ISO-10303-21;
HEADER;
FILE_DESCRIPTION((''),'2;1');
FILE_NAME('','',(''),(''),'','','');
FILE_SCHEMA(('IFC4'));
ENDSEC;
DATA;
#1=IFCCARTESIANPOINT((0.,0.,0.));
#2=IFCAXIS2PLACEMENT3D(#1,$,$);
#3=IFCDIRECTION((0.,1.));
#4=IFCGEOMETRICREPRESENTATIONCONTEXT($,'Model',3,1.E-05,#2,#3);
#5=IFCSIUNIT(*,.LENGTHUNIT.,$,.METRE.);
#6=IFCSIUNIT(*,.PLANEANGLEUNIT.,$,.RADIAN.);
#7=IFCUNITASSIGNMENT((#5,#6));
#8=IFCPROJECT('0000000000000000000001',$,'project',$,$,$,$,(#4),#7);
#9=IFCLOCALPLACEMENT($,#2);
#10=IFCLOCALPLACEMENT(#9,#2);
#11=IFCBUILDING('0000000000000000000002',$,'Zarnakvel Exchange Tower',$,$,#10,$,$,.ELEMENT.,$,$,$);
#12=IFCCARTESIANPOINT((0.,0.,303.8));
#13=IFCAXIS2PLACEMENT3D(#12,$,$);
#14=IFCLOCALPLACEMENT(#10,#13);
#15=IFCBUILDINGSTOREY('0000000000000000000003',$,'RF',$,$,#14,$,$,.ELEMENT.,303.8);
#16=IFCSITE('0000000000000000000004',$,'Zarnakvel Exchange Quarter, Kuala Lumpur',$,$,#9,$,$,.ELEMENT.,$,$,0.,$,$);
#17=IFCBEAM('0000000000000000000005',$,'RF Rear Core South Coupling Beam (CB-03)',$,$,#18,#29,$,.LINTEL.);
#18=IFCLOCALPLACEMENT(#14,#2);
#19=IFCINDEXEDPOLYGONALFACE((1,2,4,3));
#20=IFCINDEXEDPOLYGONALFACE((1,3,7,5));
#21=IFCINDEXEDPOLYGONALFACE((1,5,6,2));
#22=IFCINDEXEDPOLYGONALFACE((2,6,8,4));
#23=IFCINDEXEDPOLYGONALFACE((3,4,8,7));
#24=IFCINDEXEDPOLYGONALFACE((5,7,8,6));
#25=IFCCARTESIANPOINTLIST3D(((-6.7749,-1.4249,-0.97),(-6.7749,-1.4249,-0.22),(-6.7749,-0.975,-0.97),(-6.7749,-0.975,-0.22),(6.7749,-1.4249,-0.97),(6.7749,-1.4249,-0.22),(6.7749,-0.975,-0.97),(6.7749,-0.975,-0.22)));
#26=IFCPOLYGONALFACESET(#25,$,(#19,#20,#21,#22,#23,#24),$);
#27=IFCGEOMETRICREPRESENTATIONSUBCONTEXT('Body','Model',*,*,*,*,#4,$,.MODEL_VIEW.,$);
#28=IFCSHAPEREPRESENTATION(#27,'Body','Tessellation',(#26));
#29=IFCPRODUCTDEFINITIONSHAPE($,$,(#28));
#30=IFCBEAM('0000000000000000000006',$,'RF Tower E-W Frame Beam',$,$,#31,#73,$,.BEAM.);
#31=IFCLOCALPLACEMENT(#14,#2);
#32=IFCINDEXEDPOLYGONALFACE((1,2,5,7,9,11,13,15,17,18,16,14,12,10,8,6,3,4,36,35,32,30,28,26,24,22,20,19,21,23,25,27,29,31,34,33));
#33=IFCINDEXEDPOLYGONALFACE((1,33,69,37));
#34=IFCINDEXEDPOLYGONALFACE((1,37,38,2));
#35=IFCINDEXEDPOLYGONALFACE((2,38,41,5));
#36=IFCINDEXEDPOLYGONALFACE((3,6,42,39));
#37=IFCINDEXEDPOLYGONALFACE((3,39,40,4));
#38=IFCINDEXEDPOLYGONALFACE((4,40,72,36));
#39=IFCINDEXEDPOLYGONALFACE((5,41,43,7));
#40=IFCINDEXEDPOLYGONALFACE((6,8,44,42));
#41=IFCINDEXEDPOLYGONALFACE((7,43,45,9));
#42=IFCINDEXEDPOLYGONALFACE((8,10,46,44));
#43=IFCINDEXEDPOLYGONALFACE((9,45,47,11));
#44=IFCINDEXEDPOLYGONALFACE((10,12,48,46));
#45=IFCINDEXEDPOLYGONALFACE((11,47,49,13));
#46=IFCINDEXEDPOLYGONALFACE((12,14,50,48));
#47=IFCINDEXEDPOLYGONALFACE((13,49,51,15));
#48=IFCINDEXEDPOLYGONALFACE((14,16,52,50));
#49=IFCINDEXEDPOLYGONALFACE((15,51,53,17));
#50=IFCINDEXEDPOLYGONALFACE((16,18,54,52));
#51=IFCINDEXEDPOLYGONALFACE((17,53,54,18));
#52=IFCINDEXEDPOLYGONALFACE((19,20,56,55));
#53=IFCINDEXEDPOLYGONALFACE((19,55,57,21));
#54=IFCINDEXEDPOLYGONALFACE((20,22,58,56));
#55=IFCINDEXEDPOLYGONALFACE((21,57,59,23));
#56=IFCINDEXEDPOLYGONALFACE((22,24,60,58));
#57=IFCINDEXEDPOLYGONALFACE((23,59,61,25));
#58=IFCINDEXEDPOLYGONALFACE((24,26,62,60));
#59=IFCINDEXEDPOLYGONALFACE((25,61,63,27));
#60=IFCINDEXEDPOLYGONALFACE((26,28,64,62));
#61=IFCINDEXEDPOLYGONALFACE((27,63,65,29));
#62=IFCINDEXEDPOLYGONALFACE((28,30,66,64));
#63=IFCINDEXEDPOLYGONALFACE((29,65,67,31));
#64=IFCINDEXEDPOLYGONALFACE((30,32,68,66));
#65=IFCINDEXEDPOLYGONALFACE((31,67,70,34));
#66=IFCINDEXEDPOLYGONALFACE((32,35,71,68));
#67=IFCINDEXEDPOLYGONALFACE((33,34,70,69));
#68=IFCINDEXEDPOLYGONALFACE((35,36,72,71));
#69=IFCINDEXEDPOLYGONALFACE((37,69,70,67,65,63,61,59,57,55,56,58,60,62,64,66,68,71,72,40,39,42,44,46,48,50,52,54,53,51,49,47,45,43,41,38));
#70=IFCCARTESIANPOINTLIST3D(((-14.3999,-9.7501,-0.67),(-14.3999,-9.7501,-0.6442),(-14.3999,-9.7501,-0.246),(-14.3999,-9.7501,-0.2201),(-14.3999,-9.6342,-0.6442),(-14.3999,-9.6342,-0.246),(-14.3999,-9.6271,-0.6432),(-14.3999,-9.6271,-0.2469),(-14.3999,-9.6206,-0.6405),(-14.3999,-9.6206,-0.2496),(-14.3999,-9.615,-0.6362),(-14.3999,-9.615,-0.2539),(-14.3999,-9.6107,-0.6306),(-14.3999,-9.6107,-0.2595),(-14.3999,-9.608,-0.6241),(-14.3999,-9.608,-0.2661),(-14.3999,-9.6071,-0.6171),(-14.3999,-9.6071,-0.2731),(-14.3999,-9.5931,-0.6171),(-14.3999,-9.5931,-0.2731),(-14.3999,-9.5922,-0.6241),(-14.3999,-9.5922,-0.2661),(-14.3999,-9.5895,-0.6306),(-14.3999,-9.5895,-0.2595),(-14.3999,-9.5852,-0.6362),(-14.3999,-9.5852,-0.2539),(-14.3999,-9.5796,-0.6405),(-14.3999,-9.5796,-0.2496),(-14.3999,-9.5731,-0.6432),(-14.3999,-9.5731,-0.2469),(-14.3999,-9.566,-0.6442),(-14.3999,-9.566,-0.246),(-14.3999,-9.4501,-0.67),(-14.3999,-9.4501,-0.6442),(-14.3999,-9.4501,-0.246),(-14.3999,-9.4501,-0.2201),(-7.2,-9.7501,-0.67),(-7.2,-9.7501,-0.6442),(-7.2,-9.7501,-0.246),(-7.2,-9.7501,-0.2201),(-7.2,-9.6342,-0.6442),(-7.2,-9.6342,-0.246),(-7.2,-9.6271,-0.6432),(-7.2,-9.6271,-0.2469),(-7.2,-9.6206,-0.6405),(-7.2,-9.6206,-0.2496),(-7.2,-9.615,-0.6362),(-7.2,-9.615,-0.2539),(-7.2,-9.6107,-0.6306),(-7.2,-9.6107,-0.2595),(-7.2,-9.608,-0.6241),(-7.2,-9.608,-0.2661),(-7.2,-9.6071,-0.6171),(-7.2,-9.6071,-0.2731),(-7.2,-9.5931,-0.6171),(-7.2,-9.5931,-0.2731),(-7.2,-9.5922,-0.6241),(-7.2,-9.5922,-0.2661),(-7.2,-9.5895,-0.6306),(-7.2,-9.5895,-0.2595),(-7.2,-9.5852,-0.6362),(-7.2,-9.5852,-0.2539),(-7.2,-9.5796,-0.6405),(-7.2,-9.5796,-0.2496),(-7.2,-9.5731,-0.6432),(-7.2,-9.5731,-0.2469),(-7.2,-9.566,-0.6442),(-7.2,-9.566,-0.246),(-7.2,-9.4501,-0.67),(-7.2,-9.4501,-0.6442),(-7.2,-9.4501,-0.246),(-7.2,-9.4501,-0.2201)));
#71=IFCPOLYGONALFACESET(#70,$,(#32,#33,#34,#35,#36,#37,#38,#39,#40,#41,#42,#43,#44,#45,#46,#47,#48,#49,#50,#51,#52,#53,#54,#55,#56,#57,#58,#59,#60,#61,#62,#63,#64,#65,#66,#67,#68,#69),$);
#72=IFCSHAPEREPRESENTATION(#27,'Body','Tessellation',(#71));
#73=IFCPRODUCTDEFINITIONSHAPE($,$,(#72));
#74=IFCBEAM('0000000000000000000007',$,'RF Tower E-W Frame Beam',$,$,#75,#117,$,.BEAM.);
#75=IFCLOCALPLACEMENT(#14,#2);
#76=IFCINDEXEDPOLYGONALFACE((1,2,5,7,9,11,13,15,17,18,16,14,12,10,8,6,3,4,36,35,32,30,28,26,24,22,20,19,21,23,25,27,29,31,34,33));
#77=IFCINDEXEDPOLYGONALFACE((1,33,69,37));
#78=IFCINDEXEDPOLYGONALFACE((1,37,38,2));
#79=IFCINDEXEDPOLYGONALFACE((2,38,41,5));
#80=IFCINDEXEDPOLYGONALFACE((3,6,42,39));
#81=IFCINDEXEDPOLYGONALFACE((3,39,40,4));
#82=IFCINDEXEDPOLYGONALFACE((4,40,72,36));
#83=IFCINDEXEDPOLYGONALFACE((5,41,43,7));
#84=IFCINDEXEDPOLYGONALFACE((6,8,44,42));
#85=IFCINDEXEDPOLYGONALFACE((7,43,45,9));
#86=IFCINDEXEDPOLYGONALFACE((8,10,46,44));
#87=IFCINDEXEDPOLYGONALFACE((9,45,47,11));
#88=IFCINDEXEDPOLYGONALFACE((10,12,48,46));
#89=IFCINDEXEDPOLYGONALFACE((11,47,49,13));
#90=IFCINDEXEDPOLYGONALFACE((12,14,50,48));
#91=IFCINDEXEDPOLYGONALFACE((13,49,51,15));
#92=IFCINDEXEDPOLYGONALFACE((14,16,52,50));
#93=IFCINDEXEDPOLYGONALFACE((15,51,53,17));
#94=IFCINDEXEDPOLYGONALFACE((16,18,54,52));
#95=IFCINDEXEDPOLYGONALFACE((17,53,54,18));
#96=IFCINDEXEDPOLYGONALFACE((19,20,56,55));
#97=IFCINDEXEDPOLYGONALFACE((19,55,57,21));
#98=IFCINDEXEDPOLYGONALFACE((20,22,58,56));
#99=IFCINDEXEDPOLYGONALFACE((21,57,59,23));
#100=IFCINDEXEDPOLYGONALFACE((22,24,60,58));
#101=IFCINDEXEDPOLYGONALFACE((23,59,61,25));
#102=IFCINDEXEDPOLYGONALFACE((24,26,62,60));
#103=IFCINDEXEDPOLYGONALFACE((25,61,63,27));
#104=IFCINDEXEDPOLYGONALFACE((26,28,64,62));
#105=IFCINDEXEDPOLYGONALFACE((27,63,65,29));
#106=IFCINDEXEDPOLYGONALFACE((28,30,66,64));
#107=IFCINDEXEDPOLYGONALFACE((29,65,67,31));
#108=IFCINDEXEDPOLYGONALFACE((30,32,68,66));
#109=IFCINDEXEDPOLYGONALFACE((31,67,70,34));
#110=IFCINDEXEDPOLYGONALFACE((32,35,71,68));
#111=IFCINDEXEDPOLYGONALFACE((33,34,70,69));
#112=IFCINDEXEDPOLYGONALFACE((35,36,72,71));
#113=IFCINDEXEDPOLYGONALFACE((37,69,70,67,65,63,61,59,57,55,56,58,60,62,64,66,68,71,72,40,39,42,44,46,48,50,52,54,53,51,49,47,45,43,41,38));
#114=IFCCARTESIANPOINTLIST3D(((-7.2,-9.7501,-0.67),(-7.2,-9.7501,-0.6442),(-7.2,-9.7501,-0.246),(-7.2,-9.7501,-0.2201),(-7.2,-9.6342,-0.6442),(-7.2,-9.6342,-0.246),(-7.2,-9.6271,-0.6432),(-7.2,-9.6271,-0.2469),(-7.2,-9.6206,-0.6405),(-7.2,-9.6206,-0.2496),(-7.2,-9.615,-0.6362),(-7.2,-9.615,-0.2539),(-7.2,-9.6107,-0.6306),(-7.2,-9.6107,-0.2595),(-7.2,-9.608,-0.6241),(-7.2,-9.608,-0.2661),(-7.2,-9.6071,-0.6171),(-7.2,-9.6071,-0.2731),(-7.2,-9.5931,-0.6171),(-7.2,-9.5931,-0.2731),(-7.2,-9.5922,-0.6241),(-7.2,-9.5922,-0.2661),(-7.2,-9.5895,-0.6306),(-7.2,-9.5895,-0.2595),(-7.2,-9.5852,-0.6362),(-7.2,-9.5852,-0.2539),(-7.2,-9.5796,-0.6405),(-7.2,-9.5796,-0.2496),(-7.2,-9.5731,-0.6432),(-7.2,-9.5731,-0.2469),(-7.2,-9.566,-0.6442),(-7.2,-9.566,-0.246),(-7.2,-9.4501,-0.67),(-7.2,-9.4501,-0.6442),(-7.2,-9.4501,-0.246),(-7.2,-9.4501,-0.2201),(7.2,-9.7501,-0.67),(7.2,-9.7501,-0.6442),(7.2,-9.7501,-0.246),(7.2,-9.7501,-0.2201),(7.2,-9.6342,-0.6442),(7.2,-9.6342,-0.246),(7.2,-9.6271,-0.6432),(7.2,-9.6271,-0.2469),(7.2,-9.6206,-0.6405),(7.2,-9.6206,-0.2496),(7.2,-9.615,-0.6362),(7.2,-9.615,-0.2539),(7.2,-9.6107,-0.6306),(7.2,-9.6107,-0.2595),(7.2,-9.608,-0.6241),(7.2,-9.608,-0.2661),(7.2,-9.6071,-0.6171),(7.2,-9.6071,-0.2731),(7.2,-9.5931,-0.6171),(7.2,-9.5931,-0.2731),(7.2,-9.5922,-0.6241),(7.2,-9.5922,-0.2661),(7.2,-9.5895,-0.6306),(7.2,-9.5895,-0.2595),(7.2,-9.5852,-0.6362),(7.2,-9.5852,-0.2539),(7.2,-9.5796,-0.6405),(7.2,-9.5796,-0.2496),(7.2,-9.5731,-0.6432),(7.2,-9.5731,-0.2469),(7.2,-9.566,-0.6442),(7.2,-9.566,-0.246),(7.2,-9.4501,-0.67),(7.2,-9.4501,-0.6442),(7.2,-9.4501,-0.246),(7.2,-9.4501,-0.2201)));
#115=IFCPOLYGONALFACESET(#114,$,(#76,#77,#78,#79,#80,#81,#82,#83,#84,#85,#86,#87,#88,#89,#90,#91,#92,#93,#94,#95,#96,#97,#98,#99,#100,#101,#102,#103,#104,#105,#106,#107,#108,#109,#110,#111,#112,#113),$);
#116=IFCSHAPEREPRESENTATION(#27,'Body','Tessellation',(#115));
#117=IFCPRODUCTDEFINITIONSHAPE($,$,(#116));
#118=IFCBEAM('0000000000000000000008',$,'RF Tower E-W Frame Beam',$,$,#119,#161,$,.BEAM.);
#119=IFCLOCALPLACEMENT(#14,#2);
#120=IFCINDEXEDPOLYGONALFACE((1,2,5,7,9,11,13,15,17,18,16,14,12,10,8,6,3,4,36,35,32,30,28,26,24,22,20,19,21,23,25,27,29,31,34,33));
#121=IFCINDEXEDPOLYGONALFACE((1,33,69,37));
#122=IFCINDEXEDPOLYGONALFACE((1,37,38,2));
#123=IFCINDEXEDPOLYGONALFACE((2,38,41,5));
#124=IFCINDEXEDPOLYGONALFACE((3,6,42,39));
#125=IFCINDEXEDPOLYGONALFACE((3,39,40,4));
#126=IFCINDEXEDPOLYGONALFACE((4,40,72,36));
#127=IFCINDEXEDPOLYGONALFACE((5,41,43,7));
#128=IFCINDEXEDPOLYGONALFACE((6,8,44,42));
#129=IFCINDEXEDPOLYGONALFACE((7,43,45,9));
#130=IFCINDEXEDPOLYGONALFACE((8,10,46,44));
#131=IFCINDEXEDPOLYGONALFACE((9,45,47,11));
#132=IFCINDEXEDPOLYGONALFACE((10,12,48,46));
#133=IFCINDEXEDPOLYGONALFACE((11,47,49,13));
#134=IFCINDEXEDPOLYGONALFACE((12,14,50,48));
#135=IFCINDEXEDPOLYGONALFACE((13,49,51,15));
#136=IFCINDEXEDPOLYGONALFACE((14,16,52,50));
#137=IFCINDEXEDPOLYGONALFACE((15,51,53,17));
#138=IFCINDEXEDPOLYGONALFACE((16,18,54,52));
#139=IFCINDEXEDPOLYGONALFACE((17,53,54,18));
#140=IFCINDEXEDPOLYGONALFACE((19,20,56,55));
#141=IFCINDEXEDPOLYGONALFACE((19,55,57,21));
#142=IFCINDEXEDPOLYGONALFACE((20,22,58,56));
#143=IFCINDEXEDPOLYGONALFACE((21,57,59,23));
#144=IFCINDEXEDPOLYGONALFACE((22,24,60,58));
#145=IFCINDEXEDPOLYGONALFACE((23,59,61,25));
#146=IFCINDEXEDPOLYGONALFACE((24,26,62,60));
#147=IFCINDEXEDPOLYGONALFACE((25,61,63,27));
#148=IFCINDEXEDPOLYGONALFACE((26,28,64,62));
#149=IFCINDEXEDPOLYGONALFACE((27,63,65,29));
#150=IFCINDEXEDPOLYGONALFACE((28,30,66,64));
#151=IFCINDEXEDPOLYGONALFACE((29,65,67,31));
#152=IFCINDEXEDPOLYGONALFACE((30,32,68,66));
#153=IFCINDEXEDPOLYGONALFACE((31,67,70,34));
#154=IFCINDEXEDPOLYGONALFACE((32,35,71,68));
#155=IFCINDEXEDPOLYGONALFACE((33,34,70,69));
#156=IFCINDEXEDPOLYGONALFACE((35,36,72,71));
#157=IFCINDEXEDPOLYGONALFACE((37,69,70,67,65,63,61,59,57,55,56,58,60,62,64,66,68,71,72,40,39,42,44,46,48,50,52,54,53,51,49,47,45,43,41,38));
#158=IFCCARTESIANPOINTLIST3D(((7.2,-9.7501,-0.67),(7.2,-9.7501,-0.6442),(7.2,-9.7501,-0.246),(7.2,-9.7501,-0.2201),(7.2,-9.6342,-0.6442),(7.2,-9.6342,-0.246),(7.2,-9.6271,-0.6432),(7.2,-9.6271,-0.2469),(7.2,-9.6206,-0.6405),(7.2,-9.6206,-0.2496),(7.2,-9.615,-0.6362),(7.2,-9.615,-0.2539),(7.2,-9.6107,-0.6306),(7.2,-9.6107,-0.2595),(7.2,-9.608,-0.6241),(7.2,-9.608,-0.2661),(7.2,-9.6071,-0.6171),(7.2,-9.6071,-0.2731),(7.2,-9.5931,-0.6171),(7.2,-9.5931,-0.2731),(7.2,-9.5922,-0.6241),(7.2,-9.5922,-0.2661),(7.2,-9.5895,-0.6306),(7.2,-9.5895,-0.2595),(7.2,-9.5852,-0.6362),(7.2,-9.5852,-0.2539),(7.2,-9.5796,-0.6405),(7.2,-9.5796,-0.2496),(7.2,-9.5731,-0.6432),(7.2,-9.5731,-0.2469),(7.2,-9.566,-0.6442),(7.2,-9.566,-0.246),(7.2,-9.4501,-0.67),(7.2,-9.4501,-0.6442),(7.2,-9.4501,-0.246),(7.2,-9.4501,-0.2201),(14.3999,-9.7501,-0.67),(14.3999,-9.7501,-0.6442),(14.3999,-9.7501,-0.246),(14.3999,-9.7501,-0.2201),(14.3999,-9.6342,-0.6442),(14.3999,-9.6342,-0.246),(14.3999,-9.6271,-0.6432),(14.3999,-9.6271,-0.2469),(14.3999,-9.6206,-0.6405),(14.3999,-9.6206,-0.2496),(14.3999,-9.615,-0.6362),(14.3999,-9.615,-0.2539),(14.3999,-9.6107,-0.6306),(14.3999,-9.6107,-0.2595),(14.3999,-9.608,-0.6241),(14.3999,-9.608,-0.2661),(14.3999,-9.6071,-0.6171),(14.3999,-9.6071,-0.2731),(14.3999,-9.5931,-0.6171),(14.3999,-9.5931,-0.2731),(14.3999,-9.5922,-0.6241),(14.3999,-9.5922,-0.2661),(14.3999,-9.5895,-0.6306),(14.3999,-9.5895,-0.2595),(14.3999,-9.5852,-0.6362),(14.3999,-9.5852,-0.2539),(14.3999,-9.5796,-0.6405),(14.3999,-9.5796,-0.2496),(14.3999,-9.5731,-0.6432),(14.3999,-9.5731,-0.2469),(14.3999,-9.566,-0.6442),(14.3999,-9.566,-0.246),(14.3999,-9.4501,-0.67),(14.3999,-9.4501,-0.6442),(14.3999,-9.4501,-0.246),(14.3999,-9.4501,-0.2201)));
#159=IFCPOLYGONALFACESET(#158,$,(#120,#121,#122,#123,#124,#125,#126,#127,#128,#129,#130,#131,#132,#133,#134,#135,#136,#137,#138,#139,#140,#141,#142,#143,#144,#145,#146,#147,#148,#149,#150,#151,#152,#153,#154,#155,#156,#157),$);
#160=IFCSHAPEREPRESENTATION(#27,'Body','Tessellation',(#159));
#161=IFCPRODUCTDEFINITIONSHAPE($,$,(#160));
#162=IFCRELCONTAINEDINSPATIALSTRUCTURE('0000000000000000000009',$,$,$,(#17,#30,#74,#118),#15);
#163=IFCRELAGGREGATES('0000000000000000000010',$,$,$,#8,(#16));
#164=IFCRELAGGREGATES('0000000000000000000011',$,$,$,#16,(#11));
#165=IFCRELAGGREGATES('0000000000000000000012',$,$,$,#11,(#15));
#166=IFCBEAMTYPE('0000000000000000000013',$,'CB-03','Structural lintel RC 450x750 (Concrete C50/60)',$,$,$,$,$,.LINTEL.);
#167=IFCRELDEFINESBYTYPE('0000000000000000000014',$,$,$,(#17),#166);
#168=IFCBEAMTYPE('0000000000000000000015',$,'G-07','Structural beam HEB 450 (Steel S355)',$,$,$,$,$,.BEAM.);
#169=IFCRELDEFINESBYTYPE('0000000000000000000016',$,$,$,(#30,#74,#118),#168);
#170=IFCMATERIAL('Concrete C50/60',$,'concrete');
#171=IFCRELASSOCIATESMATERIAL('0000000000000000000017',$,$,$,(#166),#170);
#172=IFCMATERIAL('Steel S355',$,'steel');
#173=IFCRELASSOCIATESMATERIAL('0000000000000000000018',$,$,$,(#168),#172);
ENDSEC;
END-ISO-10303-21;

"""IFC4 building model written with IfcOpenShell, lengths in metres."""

from ifc_helpers import new_model, si_unit, direction, frame, origin, origin_2d, place, context, subcontext, project, spatial, rectangle, i_section, extrude, material, material_profile, profile_set, type_object, element, save


model = new_model("IFC4")

# Units and contexts
model_context = context("Model", 3, precision=1e-05, world=origin(), true_north=direction((0.0, 1.0)))
body_context = subcontext(model_context, "Body", "Model", "MODEL_VIEW")
ifc_project = project(units=[si_unit("LENGTHUNIT", "METRE"), si_unit("PLANEANGLEUNIT", "RADIAN")], contexts=[model_context])

# Site, building, storey
site_placement = place(None, origin())
site = spatial("IfcSite", under=ifc_project, at=site_placement, Name="Zarnakvel Exchange Quarter, Kuala Lumpur", CompositionType="ELEMENT", RefElevation=0.0)
building_placement = place(site_placement, origin())
building = spatial("IfcBuilding", under=site, at=building_placement, Name="Zarnakvel Exchange Tower", CompositionType="ELEMENT")
storey_placement = place(building_placement, frame((0.0, 0.0, 303.8)))
storey = spatial("IfcBuildingStorey", under=building, at=storey_placement, Name="RF", CompositionType="ELEMENT", Elevation=303.8)

# Beams
ifc_material_1 = material(Name="Concrete C50/60", Category="concrete")
ifc_material_profile_1 = material_profile(ifc_material_1, rectangle(XDim=0.45, YDim=0.75, at=origin_2d()))
ifc_profile_set_1 = profile_set([ifc_material_profile_1], Name="Concrete C50/60")
beam_type_1 = type_object("IfcBeamType", Name="CB-03", Description="Structural lintel RC 450x750 (Concrete C50/60)", PredefinedType="LINTEL", material=ifc_profile_set_1)
beam_1_placement = place(storey_placement, frame((-6.7749, -1.2, -0.595), z_axis=(1.0, 0.0, 0.0), x_axis=(0.0, 1.0, 0.0)))
element("IfcBeam", 1, at=beam_1_placement, inside=storey, type_object=beam_type_1, Name="RF Rear Core South Coupling Beam (CB-03)", PredefinedType="LINTEL", context=body_context, shape_type="SweptSolid", body=[
    extrude(rectangle(XDim=0.45, YDim=0.75, at=origin_2d()), origin(), (0.0, 0.0, 1.0), 13.5498),
])
ifc_material_2 = material(Name="Steel S355", Category="steel")
ifc_material_profile_2 = material_profile(ifc_material_2, i_section(OverallWidth=0.3, OverallDepth=0.45, WebThickness=0.0139, FlangeThickness=0.0259, FilletRadius=0.0271, at=origin_2d()))
ifc_profile_set_2 = profile_set([ifc_material_profile_2], Name="Steel S355")
beam_type_2 = type_object("IfcBeamType", Name="G-07", Description="Structural beam HEB 450 (Steel S355)", PredefinedType="BEAM", material=ifc_profile_set_2)
beam_2_placement = place(storey_placement, frame((-14.3999, -9.6001, -0.4451), z_axis=(1.0, 0.0, 0.0), x_axis=(0.0, 1.0, 0.0)))
element("IfcBeam", 2, at=beam_2_placement, inside=storey, type_object=beam_type_2, Name="RF Tower E-W Frame Beam", PredefinedType="BEAM", context=body_context, shape_type="SweptSolid", body=[
    extrude(i_section(OverallWidth=0.3, OverallDepth=0.45, WebThickness=0.0139, FlangeThickness=0.0259, FilletRadius=0.0271, at=origin_2d()), origin(), (0.0, 0.0, 1.0), 7.2),
])
beam_3_placement = place(storey_placement, frame((-7.2, -9.6001, -0.4451), z_axis=(1.0, 0.0, 0.0), x_axis=(0.0, 1.0, 0.0)))
element("IfcBeam", 3, at=beam_3_placement, inside=storey, type_object=beam_type_2, Name="RF Tower E-W Frame Beam", PredefinedType="BEAM", context=body_context, shape_type="SweptSolid", body=[
    extrude(i_section(OverallWidth=0.3, OverallDepth=0.45, WebThickness=0.0139, FlangeThickness=0.0259, FilletRadius=0.0271, at=origin_2d()), origin(), (0.0, 0.0, 1.0), 14.3999),
])
beam_4_placement = place(storey_placement, frame((7.2, -9.6001, -0.4451), z_axis=(1.0, 0.0, 0.0), x_axis=(0.0, 1.0, 0.0)))
element("IfcBeam", 4, at=beam_4_placement, inside=storey, type_object=beam_type_2, Name="RF Tower E-W Frame Beam", PredefinedType="BEAM", context=body_context, shape_type="SweptSolid", body=[
    extrude(i_section(OverallWidth=0.3, OverallDepth=0.45, WebThickness=0.0139, FlangeThickness=0.0259, FilletRadius=0.0271, at=origin_2d()), origin(), (0.0, 0.0, 1.0), 7.2),
])

save(model, "model.ifc")
